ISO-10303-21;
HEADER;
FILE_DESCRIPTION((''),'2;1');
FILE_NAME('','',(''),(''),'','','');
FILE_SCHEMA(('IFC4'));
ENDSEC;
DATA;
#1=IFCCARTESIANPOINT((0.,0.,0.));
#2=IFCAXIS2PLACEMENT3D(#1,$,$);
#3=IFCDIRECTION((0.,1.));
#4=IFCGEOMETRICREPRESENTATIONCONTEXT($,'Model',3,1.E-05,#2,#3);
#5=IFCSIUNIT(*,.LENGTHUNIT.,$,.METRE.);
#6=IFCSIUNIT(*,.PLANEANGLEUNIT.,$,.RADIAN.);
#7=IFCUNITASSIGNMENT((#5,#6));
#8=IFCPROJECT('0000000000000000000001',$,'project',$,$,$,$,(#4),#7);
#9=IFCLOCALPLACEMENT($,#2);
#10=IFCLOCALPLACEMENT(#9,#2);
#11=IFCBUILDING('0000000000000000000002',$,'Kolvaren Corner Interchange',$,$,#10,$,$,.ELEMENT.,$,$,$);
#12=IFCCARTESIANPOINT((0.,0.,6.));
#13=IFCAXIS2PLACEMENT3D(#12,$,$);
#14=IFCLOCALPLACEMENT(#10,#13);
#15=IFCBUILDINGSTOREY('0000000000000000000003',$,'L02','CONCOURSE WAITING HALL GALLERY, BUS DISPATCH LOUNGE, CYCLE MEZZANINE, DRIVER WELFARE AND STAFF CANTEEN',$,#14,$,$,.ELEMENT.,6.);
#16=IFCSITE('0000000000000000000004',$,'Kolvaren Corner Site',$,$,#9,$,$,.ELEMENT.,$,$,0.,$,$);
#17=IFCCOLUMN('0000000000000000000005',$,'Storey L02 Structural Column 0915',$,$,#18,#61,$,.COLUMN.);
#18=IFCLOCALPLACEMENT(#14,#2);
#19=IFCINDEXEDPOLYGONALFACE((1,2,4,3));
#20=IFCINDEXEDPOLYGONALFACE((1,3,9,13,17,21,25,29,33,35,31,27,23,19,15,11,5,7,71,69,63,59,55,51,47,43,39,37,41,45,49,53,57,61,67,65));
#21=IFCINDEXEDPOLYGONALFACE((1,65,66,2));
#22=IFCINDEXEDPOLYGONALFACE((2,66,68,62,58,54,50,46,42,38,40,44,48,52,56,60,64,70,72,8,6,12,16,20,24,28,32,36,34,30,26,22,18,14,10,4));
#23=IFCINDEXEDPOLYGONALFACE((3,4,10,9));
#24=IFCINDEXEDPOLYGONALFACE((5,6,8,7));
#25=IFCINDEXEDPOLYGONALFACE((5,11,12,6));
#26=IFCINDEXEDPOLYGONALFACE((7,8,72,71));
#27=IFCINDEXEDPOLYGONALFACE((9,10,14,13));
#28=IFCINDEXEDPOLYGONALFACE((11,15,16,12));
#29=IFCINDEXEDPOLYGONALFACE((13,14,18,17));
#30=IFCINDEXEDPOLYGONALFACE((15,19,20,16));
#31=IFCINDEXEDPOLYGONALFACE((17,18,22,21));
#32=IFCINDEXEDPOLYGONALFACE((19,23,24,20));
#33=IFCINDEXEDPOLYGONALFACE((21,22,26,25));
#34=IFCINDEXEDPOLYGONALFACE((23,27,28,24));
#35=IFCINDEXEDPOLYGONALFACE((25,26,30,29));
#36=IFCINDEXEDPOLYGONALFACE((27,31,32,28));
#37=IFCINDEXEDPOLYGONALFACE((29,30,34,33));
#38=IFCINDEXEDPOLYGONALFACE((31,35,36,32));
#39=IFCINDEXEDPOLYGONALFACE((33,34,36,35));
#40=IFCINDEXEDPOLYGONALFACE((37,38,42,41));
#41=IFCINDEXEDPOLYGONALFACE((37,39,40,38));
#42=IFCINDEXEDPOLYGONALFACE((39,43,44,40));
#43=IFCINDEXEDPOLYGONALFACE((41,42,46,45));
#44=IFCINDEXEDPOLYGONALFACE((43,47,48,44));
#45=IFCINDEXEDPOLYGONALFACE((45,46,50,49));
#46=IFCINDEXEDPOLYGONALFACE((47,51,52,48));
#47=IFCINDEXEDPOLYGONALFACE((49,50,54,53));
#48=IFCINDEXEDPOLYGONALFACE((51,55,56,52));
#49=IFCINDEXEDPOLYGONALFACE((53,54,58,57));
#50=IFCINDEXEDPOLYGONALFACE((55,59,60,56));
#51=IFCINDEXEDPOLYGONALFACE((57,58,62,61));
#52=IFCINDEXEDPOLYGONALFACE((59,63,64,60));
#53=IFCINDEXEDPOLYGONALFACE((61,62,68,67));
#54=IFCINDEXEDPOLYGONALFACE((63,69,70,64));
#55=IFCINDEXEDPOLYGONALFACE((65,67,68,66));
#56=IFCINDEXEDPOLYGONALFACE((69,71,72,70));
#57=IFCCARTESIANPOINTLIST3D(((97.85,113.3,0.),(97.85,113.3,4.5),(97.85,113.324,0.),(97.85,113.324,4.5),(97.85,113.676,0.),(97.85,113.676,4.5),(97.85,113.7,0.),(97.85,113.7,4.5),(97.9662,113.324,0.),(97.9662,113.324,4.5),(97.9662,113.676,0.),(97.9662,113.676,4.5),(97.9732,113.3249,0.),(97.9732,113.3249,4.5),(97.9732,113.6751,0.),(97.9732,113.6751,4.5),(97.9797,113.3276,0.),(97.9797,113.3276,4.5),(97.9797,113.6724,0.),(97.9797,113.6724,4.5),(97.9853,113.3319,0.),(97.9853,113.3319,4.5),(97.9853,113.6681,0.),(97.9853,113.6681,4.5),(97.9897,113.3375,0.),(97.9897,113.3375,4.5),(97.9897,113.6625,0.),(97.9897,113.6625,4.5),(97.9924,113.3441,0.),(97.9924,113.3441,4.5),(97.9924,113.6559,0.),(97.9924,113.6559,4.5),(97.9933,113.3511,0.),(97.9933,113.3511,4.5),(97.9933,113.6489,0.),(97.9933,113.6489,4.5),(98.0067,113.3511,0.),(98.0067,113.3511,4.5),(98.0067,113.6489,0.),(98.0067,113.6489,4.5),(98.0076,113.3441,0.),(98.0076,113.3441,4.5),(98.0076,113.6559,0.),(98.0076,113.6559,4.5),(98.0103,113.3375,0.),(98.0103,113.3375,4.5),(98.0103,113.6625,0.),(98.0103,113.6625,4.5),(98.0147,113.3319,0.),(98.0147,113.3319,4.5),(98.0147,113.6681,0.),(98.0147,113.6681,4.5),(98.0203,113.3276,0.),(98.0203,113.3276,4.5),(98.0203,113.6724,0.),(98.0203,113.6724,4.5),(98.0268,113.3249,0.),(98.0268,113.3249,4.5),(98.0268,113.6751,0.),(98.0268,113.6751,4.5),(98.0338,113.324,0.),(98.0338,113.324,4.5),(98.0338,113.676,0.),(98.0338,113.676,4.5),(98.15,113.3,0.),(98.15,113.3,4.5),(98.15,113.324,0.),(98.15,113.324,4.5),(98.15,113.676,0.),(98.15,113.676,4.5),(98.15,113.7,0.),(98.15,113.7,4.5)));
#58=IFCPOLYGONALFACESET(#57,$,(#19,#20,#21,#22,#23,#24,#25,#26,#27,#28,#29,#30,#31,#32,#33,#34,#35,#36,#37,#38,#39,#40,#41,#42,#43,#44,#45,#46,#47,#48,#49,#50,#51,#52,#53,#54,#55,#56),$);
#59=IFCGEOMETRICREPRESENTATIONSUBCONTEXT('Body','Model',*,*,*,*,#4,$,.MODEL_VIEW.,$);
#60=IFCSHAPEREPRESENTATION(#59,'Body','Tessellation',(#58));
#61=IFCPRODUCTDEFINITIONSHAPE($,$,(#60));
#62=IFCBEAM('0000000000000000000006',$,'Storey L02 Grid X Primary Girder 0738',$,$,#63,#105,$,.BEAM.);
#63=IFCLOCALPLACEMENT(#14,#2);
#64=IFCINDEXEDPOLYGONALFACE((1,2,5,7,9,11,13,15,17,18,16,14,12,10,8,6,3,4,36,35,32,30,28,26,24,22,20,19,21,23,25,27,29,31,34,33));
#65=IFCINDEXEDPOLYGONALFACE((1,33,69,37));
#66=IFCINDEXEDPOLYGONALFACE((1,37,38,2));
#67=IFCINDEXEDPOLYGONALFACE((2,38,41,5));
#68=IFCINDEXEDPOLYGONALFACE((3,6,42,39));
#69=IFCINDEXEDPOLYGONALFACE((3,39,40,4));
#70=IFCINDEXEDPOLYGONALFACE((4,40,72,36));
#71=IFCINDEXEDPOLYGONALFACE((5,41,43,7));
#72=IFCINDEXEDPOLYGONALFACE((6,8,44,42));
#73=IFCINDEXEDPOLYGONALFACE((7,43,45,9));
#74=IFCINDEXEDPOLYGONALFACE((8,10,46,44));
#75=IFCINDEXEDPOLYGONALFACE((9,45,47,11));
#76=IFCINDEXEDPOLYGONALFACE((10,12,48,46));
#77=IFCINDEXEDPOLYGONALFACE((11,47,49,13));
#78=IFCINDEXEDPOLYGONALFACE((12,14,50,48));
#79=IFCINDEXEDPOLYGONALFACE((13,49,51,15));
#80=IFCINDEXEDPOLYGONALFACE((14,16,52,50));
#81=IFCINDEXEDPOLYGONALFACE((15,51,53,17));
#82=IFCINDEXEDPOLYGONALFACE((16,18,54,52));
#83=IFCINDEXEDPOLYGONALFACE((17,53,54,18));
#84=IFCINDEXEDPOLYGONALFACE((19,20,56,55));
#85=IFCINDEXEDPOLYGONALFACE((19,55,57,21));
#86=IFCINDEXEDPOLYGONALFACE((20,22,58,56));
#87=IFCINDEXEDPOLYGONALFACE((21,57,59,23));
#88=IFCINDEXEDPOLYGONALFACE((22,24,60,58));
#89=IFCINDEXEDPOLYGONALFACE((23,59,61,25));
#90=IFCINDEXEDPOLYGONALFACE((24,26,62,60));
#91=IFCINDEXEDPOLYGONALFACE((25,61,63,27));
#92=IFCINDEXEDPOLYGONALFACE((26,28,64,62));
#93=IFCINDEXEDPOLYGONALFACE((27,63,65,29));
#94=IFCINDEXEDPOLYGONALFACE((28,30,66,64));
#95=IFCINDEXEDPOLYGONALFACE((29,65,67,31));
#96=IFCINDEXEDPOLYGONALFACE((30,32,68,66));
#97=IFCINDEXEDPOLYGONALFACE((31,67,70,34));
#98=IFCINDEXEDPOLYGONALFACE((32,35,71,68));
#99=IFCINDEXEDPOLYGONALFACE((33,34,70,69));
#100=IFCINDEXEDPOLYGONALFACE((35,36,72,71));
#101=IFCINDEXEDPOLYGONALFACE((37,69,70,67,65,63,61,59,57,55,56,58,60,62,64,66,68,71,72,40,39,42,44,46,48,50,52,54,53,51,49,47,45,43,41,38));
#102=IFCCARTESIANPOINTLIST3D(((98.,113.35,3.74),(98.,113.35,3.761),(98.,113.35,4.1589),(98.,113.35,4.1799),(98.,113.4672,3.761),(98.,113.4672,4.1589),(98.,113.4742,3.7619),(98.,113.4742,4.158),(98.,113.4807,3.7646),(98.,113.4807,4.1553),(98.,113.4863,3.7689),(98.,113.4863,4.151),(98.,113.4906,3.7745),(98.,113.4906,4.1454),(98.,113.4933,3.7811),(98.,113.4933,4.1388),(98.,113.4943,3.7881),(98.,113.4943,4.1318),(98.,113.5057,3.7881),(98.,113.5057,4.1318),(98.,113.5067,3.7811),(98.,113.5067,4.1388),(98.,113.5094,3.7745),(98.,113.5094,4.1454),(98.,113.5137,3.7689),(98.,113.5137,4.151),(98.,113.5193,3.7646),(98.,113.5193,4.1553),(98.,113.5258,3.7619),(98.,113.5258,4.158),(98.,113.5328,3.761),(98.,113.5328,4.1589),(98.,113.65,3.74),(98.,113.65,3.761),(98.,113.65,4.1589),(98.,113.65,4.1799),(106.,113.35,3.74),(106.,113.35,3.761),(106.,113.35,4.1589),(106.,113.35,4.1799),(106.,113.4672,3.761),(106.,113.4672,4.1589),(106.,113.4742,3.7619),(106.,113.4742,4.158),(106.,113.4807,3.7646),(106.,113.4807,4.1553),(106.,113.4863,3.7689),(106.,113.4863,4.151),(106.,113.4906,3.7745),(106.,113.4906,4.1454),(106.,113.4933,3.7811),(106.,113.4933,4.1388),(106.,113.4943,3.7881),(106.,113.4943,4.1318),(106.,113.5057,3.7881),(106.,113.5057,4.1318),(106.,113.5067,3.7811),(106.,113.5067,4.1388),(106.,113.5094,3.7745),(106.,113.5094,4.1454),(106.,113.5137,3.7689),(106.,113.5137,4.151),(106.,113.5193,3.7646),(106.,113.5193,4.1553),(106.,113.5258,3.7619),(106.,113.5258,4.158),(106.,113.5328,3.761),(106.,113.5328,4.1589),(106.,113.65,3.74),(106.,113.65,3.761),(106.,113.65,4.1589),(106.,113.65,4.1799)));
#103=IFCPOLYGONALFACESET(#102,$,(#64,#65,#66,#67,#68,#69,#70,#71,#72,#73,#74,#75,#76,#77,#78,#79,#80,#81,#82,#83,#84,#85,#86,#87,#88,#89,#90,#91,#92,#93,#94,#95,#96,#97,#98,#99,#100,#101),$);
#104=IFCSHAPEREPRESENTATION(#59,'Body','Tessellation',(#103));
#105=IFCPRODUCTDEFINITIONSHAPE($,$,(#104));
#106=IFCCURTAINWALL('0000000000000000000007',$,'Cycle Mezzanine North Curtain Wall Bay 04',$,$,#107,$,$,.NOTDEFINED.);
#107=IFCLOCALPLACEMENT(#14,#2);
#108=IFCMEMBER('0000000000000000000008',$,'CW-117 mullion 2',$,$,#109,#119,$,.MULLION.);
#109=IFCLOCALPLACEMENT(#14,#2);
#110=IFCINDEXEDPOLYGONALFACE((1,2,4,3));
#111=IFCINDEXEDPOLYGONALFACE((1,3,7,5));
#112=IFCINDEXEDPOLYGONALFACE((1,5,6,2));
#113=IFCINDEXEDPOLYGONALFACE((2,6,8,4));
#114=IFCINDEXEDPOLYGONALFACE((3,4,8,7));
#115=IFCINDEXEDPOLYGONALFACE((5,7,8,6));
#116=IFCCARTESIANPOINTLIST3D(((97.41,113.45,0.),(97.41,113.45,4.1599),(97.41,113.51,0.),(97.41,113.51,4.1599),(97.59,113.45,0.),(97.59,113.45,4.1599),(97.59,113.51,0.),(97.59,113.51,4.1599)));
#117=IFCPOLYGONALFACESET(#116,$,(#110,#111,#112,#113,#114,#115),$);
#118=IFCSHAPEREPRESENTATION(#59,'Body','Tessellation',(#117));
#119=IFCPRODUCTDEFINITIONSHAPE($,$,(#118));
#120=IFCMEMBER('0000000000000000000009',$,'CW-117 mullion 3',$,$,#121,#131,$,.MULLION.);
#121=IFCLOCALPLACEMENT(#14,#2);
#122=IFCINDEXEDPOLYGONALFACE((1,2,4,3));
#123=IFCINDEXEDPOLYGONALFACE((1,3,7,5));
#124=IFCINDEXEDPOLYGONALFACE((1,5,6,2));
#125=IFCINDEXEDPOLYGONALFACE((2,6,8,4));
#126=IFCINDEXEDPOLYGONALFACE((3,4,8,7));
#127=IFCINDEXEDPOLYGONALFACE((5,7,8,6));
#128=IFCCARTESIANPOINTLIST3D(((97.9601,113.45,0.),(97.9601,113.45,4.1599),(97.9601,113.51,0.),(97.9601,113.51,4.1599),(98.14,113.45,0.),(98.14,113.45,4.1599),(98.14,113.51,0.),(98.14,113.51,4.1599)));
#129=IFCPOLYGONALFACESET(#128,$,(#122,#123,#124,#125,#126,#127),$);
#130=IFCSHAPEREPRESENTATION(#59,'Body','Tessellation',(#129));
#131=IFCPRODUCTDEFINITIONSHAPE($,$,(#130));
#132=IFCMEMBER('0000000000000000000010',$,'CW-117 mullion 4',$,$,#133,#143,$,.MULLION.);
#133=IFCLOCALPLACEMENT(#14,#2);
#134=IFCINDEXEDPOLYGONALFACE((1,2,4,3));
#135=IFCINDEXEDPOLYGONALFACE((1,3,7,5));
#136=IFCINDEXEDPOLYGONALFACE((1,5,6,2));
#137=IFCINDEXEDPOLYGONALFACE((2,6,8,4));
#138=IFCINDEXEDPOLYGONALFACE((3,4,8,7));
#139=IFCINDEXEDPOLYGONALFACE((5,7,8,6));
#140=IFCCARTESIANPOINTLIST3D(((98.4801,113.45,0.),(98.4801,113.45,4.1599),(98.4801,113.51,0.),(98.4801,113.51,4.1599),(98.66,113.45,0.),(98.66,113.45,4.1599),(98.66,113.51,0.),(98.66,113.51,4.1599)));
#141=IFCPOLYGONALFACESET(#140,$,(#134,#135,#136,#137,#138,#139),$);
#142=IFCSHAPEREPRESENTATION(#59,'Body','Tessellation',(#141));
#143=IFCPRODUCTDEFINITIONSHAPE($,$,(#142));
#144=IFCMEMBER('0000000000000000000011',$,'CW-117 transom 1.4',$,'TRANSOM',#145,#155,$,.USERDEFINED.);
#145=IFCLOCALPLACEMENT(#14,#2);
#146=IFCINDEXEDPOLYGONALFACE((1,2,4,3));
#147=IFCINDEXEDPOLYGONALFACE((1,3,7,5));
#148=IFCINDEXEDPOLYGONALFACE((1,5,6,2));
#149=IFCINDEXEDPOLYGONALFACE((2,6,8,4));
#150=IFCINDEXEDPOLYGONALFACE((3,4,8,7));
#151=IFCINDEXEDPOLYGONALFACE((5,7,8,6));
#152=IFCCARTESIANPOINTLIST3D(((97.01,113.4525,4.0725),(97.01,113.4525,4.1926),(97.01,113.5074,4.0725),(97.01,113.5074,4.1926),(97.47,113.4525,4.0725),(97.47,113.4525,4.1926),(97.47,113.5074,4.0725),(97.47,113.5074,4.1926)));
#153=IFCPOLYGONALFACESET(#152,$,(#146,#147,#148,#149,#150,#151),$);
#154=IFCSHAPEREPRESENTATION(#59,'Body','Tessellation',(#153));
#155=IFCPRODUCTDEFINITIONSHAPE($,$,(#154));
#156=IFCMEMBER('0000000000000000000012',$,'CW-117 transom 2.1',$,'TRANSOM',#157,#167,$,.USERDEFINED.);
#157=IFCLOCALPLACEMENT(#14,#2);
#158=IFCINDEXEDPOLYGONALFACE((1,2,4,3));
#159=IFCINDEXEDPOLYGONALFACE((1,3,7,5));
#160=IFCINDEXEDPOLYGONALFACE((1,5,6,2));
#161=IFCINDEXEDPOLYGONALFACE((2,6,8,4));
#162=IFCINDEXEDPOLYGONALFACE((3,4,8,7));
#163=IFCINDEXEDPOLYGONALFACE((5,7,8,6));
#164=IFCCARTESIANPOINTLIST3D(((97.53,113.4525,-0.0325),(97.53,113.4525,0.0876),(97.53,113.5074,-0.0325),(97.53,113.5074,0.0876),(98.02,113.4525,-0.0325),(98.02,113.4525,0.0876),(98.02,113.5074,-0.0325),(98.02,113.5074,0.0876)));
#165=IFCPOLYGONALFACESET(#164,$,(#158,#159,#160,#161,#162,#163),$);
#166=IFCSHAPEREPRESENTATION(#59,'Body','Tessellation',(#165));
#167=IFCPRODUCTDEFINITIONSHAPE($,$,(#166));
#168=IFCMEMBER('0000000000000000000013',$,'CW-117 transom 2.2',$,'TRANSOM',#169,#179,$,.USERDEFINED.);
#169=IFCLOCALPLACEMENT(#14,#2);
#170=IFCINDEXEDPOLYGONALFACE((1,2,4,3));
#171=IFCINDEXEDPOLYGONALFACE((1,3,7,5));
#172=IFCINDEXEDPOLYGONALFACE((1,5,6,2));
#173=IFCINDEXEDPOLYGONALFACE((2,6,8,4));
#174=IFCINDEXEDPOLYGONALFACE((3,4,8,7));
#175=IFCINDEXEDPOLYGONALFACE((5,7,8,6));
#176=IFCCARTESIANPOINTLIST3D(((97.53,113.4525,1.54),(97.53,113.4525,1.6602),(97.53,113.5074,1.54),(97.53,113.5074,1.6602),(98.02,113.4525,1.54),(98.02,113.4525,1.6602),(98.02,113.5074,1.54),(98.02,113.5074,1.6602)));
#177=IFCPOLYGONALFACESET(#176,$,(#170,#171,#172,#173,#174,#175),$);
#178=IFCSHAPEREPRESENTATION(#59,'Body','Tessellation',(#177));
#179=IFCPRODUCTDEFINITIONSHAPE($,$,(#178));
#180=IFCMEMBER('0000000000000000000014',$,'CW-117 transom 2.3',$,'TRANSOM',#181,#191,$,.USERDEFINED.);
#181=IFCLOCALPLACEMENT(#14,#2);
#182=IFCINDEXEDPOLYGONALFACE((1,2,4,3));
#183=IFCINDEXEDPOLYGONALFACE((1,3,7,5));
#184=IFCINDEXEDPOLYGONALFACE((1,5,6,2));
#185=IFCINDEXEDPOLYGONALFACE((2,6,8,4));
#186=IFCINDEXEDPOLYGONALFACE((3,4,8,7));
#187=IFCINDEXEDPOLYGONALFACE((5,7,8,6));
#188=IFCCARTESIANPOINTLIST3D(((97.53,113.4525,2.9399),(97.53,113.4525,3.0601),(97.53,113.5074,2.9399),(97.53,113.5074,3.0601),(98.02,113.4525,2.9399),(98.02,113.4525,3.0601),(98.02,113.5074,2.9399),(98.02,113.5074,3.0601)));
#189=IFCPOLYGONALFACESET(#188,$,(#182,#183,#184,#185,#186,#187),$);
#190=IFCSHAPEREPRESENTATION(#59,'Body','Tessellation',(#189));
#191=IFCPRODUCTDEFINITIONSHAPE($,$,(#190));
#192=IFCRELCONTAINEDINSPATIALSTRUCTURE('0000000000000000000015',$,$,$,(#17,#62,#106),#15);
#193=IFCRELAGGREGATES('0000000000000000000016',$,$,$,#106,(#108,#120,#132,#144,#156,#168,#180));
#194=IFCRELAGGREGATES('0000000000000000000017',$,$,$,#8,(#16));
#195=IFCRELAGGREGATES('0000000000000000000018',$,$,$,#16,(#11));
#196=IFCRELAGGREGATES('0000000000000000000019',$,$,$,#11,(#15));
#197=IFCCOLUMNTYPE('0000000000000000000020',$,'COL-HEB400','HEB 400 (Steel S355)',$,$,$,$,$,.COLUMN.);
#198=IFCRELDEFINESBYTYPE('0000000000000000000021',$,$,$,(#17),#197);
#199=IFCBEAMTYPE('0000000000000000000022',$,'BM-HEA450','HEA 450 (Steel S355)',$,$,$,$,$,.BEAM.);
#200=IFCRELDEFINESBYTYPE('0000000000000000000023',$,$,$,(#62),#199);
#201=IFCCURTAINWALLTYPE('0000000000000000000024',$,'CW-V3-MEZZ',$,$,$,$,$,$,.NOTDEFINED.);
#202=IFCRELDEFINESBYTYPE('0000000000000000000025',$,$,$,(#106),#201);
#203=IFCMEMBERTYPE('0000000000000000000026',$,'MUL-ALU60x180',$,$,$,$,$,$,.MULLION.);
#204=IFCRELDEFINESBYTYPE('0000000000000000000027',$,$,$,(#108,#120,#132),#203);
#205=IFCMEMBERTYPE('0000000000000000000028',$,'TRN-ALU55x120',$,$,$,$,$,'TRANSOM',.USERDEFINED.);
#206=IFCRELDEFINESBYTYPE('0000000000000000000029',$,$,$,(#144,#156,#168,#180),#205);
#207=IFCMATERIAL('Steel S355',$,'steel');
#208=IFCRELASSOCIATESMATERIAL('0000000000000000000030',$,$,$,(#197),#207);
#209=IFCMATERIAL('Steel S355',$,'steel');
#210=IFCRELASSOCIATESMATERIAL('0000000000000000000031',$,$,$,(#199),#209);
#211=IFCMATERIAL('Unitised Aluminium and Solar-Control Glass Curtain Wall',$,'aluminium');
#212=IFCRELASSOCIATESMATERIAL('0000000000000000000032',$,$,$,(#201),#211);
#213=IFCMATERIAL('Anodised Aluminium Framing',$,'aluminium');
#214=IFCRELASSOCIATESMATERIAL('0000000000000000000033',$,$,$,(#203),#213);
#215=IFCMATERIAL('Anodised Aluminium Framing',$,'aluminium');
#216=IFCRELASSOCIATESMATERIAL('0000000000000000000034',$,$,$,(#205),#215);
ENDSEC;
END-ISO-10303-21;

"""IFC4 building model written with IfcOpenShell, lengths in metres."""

from ifc_helpers import new_model, si_unit, direction, frame, origin, origin_2d, place, context, subcontext, project, spatial, rectangle, i_section, extrude, material, material_profile, profile_set, type_object, element, aggregate, save


model = new_model("IFC4")

# Units and contexts
model_context = context("Model", 3, precision=1e-05, world=origin(), true_north=direction((0.0, 1.0)))
body_context = subcontext(model_context, "Body", "Model", "MODEL_VIEW")
ifc_project = project(units=[si_unit("LENGTHUNIT", "METRE"), si_unit("PLANEANGLEUNIT", "RADIAN")], contexts=[model_context])

# Site, building, storey
site_placement = place(None, origin())
site = spatial("IfcSite", under=ifc_project, at=site_placement, Name="Kolvaren Corner Site", CompositionType="ELEMENT", RefElevation=0.0)
building_placement = place(site_placement, origin())
building = spatial("IfcBuilding", under=site, at=building_placement, Name="Kolvaren Corner Interchange", CompositionType="ELEMENT")
storey_placement = place(building_placement, frame((0.0, 0.0, 6.0)))
storey = spatial("IfcBuildingStorey", under=building, at=storey_placement, Name="L02", Description="CONCOURSE WAITING HALL GALLERY, BUS DISPATCH LOUNGE, CYCLE MEZZANINE, DRIVER WELFARE AND STAFF CANTEEN", CompositionType="ELEMENT", Elevation=6.0)

# Column
ifc_material_1 = material(Name="Steel S355", Category="steel")
ifc_material_profile_1 = material_profile(ifc_material_1, i_section(OverallWidth=0.3, OverallDepth=0.3999, WebThickness=0.0134, FlangeThickness=0.0239, FilletRadius=0.0271, at=origin_2d()), Name="HEB 400")
ifc_profile_set_1 = profile_set([ifc_material_profile_1], Name="Steel S355")
column_type = type_object("IfcColumnType", Name="COL-HEB400", Description="HEB 400 (Steel S355)", PredefinedType="COLUMN", material=ifc_profile_set_1)
column_placement = place(storey_placement, frame((98.0, 113.5, 0.0), z_axis=(0.0, 0.0, 1.0), x_axis=(1.0, 0.0, 0.0)))
element("IfcColumn", 1, at=column_placement, inside=storey, type_object=column_type, Name="Storey L02 Structural Column 0915", PredefinedType="COLUMN", context=body_context, shape_type="SweptSolid", body=[
    extrude(i_section(OverallWidth=0.3, OverallDepth=0.3999, WebThickness=0.0134, FlangeThickness=0.0239, FilletRadius=0.0271, at=origin_2d()), origin(), (0.0, 0.0, 1.0), 4.5),
])

# Beam
ifc_material_2 = material(Name="Steel S355", Category="steel")
ifc_material_profile_2 = material_profile(ifc_material_2, i_section(OverallWidth=0.3, OverallDepth=0.4399, WebThickness=0.0115, FlangeThickness=0.021, FilletRadius=0.0271, at=origin_2d()), Name="HEA 450")
ifc_profile_set_2 = profile_set([ifc_material_profile_2], Name="Steel S355")
beam_type = type_object("IfcBeamType", Name="BM-HEA450", Description="HEA 450 (Steel S355)", PredefinedType="BEAM", material=ifc_profile_set_2)
beam_placement = place(storey_placement, frame((98.0, 113.5, 3.96), z_axis=(1.0, 0.0, 0.0), x_axis=(0.0, 1.0, 0.0)))
element("IfcBeam", 2, at=beam_placement, inside=storey, type_object=beam_type, Name="Storey L02 Grid X Primary Girder 0738", PredefinedType="BEAM", context=body_context, shape_type="SweptSolid", body=[
    extrude(i_section(OverallWidth=0.3, OverallDepth=0.4399, WebThickness=0.0115, FlangeThickness=0.021, FilletRadius=0.0271, at=origin_2d()), origin(), (0.0, 0.0, 1.0), 8.0),
])

# Curtain wall, members
ifc_material_3 = material(Name="Unitised Aluminium and Solar-Control Glass Curtain Wall", Category="aluminium")
curtain_wall_type = type_object("IfcCurtainWallType", Name="CW-V3-MEZZ", PredefinedType="NOTDEFINED", material=ifc_material_3)
curtain_wall_placement = place(storey_placement, origin())
curtain_wall = element("IfcCurtainWall", 3, at=curtain_wall_placement, inside=storey, type_object=curtain_wall_type, Name="Cycle Mezzanine North Curtain Wall Bay 04", PredefinedType="NOTDEFINED")
ifc_material_4 = material(Name="Anodised Aluminium Framing", Category="aluminium")
ifc_material_profile_3 = material_profile(ifc_material_4, rectangle(XDim=0.0601, YDim=0.1799, at=origin_2d()), Name="ALU 60x180")
ifc_profile_set_3 = profile_set([ifc_material_profile_3], Name="Anodised Aluminium Framing")
member_type_1 = type_object("IfcMemberType", Name="MUL-ALU60x180", PredefinedType="MULLION", material=ifc_profile_set_3)
member_1_placement = place(storey_placement, frame((97.5, 113.48, 0.0), z_axis=(0.0, 0.0, 1.0), x_axis=(0.0, 1.0, 0.0)))
member_1 = element("IfcMember", 4, at=member_1_placement, type_object=member_type_1, Name="CW-117 mullion 2", PredefinedType="MULLION", context=body_context, shape_type="SweptSolid", body=[
    extrude(rectangle(XDim=0.0601, YDim=0.1799, at=origin_2d()), origin(), (0.0, 0.0, 1.0), 4.1599),
])
member_2_placement = place(storey_placement, frame((98.05, 113.48, 0.0), z_axis=(0.0, 0.0, 1.0), x_axis=(0.0, 1.0, 0.0)))
member_2 = element("IfcMember", 5, at=member_2_placement, type_object=member_type_1, Name="CW-117 mullion 3", PredefinedType="MULLION", context=body_context, shape_type="SweptSolid", body=[
    extrude(rectangle(XDim=0.0601, YDim=0.1799, at=origin_2d()), origin(), (0.0, 0.0, 1.0), 4.1599),
])
member_3_placement = place(storey_placement, frame((98.5701, 113.48, 0.0), z_axis=(0.0, 0.0, 1.0), x_axis=(0.0, 1.0, 0.0)))
member_3 = element("IfcMember", 6, at=member_3_placement, type_object=member_type_1, Name="CW-117 mullion 4", PredefinedType="MULLION", context=body_context, shape_type="SweptSolid", body=[
    extrude(rectangle(XDim=0.0601, YDim=0.1799, at=origin_2d()), origin(), (0.0, 0.0, 1.0), 4.1599),
])
ifc_material_5 = material(Name="Anodised Aluminium Framing", Category="aluminium")
ifc_material_profile_4 = material_profile(ifc_material_5, rectangle(XDim=0.0549, YDim=0.1201, at=origin_2d()), Name="ALU 55x120")
ifc_profile_set_4 = profile_set([ifc_material_profile_4], Name="Anodised Aluminium Framing")
member_type_2 = type_object("IfcMemberType", Name="TRN-ALU55x120", ElementType="TRANSOM", PredefinedType="USERDEFINED", material=ifc_profile_set_4)
member_4_placement = place(storey_placement, frame((97.01, 113.48, 4.1326), z_axis=(1.0, 0.0, 0.0), x_axis=(0.0, 1.0, 0.0)))
member_4 = element("IfcMember", 7, at=member_4_placement, type_object=member_type_2, Name="CW-117 transom 1.4", ObjectType="TRANSOM", PredefinedType="USERDEFINED", context=body_context, shape_type="SweptSolid", body=[
    extrude(rectangle(XDim=0.0549, YDim=0.1201, at=origin_2d()), origin(), (0.0, 0.0, 1.0), 0.46),
])
member_5_placement = place(storey_placement, frame((97.53, 113.48, 0.0276), z_axis=(1.0, 0.0, 0.0), x_axis=(0.0, 1.0, 0.0)))
member_5 = element("IfcMember", 8, at=member_5_placement, type_object=member_type_2, Name="CW-117 transom 2.1", ObjectType="TRANSOM", PredefinedType="USERDEFINED", context=body_context, shape_type="SweptSolid", body=[
    extrude(rectangle(XDim=0.0549, YDim=0.1201, at=origin_2d()), origin(), (0.0, 0.0, 1.0), 0.49),
])
member_6_placement = place(storey_placement, frame((97.53, 113.48, 1.6001), z_axis=(1.0, 0.0, 0.0), x_axis=(0.0, 1.0, 0.0)))
member_6 = element("IfcMember", 9, at=member_6_placement, type_object=member_type_2, Name="CW-117 transom 2.2", ObjectType="TRANSOM", PredefinedType="USERDEFINED", context=body_context, shape_type="SweptSolid", body=[
    extrude(rectangle(XDim=0.0549, YDim=0.1201, at=origin_2d()), origin(), (0.0, 0.0, 1.0), 0.49),
])
member_7_placement = place(storey_placement, frame((97.53, 113.48, 3.0), z_axis=(1.0, 0.0, 0.0), x_axis=(0.0, 1.0, 0.0)))
member_7 = element("IfcMember", 10, at=member_7_placement, type_object=member_type_2, Name="CW-117 transom 2.3", ObjectType="TRANSOM", PredefinedType="USERDEFINED", context=body_context, shape_type="SweptSolid", body=[
    extrude(rectangle(XDim=0.0549, YDim=0.1201, at=origin_2d()), origin(), (0.0, 0.0, 1.0), 0.49),
])
aggregate(curtain_wall, [member_1, member_2, member_3, member_4, member_5, member_6, member_7])

save(model, "model.ifc")
